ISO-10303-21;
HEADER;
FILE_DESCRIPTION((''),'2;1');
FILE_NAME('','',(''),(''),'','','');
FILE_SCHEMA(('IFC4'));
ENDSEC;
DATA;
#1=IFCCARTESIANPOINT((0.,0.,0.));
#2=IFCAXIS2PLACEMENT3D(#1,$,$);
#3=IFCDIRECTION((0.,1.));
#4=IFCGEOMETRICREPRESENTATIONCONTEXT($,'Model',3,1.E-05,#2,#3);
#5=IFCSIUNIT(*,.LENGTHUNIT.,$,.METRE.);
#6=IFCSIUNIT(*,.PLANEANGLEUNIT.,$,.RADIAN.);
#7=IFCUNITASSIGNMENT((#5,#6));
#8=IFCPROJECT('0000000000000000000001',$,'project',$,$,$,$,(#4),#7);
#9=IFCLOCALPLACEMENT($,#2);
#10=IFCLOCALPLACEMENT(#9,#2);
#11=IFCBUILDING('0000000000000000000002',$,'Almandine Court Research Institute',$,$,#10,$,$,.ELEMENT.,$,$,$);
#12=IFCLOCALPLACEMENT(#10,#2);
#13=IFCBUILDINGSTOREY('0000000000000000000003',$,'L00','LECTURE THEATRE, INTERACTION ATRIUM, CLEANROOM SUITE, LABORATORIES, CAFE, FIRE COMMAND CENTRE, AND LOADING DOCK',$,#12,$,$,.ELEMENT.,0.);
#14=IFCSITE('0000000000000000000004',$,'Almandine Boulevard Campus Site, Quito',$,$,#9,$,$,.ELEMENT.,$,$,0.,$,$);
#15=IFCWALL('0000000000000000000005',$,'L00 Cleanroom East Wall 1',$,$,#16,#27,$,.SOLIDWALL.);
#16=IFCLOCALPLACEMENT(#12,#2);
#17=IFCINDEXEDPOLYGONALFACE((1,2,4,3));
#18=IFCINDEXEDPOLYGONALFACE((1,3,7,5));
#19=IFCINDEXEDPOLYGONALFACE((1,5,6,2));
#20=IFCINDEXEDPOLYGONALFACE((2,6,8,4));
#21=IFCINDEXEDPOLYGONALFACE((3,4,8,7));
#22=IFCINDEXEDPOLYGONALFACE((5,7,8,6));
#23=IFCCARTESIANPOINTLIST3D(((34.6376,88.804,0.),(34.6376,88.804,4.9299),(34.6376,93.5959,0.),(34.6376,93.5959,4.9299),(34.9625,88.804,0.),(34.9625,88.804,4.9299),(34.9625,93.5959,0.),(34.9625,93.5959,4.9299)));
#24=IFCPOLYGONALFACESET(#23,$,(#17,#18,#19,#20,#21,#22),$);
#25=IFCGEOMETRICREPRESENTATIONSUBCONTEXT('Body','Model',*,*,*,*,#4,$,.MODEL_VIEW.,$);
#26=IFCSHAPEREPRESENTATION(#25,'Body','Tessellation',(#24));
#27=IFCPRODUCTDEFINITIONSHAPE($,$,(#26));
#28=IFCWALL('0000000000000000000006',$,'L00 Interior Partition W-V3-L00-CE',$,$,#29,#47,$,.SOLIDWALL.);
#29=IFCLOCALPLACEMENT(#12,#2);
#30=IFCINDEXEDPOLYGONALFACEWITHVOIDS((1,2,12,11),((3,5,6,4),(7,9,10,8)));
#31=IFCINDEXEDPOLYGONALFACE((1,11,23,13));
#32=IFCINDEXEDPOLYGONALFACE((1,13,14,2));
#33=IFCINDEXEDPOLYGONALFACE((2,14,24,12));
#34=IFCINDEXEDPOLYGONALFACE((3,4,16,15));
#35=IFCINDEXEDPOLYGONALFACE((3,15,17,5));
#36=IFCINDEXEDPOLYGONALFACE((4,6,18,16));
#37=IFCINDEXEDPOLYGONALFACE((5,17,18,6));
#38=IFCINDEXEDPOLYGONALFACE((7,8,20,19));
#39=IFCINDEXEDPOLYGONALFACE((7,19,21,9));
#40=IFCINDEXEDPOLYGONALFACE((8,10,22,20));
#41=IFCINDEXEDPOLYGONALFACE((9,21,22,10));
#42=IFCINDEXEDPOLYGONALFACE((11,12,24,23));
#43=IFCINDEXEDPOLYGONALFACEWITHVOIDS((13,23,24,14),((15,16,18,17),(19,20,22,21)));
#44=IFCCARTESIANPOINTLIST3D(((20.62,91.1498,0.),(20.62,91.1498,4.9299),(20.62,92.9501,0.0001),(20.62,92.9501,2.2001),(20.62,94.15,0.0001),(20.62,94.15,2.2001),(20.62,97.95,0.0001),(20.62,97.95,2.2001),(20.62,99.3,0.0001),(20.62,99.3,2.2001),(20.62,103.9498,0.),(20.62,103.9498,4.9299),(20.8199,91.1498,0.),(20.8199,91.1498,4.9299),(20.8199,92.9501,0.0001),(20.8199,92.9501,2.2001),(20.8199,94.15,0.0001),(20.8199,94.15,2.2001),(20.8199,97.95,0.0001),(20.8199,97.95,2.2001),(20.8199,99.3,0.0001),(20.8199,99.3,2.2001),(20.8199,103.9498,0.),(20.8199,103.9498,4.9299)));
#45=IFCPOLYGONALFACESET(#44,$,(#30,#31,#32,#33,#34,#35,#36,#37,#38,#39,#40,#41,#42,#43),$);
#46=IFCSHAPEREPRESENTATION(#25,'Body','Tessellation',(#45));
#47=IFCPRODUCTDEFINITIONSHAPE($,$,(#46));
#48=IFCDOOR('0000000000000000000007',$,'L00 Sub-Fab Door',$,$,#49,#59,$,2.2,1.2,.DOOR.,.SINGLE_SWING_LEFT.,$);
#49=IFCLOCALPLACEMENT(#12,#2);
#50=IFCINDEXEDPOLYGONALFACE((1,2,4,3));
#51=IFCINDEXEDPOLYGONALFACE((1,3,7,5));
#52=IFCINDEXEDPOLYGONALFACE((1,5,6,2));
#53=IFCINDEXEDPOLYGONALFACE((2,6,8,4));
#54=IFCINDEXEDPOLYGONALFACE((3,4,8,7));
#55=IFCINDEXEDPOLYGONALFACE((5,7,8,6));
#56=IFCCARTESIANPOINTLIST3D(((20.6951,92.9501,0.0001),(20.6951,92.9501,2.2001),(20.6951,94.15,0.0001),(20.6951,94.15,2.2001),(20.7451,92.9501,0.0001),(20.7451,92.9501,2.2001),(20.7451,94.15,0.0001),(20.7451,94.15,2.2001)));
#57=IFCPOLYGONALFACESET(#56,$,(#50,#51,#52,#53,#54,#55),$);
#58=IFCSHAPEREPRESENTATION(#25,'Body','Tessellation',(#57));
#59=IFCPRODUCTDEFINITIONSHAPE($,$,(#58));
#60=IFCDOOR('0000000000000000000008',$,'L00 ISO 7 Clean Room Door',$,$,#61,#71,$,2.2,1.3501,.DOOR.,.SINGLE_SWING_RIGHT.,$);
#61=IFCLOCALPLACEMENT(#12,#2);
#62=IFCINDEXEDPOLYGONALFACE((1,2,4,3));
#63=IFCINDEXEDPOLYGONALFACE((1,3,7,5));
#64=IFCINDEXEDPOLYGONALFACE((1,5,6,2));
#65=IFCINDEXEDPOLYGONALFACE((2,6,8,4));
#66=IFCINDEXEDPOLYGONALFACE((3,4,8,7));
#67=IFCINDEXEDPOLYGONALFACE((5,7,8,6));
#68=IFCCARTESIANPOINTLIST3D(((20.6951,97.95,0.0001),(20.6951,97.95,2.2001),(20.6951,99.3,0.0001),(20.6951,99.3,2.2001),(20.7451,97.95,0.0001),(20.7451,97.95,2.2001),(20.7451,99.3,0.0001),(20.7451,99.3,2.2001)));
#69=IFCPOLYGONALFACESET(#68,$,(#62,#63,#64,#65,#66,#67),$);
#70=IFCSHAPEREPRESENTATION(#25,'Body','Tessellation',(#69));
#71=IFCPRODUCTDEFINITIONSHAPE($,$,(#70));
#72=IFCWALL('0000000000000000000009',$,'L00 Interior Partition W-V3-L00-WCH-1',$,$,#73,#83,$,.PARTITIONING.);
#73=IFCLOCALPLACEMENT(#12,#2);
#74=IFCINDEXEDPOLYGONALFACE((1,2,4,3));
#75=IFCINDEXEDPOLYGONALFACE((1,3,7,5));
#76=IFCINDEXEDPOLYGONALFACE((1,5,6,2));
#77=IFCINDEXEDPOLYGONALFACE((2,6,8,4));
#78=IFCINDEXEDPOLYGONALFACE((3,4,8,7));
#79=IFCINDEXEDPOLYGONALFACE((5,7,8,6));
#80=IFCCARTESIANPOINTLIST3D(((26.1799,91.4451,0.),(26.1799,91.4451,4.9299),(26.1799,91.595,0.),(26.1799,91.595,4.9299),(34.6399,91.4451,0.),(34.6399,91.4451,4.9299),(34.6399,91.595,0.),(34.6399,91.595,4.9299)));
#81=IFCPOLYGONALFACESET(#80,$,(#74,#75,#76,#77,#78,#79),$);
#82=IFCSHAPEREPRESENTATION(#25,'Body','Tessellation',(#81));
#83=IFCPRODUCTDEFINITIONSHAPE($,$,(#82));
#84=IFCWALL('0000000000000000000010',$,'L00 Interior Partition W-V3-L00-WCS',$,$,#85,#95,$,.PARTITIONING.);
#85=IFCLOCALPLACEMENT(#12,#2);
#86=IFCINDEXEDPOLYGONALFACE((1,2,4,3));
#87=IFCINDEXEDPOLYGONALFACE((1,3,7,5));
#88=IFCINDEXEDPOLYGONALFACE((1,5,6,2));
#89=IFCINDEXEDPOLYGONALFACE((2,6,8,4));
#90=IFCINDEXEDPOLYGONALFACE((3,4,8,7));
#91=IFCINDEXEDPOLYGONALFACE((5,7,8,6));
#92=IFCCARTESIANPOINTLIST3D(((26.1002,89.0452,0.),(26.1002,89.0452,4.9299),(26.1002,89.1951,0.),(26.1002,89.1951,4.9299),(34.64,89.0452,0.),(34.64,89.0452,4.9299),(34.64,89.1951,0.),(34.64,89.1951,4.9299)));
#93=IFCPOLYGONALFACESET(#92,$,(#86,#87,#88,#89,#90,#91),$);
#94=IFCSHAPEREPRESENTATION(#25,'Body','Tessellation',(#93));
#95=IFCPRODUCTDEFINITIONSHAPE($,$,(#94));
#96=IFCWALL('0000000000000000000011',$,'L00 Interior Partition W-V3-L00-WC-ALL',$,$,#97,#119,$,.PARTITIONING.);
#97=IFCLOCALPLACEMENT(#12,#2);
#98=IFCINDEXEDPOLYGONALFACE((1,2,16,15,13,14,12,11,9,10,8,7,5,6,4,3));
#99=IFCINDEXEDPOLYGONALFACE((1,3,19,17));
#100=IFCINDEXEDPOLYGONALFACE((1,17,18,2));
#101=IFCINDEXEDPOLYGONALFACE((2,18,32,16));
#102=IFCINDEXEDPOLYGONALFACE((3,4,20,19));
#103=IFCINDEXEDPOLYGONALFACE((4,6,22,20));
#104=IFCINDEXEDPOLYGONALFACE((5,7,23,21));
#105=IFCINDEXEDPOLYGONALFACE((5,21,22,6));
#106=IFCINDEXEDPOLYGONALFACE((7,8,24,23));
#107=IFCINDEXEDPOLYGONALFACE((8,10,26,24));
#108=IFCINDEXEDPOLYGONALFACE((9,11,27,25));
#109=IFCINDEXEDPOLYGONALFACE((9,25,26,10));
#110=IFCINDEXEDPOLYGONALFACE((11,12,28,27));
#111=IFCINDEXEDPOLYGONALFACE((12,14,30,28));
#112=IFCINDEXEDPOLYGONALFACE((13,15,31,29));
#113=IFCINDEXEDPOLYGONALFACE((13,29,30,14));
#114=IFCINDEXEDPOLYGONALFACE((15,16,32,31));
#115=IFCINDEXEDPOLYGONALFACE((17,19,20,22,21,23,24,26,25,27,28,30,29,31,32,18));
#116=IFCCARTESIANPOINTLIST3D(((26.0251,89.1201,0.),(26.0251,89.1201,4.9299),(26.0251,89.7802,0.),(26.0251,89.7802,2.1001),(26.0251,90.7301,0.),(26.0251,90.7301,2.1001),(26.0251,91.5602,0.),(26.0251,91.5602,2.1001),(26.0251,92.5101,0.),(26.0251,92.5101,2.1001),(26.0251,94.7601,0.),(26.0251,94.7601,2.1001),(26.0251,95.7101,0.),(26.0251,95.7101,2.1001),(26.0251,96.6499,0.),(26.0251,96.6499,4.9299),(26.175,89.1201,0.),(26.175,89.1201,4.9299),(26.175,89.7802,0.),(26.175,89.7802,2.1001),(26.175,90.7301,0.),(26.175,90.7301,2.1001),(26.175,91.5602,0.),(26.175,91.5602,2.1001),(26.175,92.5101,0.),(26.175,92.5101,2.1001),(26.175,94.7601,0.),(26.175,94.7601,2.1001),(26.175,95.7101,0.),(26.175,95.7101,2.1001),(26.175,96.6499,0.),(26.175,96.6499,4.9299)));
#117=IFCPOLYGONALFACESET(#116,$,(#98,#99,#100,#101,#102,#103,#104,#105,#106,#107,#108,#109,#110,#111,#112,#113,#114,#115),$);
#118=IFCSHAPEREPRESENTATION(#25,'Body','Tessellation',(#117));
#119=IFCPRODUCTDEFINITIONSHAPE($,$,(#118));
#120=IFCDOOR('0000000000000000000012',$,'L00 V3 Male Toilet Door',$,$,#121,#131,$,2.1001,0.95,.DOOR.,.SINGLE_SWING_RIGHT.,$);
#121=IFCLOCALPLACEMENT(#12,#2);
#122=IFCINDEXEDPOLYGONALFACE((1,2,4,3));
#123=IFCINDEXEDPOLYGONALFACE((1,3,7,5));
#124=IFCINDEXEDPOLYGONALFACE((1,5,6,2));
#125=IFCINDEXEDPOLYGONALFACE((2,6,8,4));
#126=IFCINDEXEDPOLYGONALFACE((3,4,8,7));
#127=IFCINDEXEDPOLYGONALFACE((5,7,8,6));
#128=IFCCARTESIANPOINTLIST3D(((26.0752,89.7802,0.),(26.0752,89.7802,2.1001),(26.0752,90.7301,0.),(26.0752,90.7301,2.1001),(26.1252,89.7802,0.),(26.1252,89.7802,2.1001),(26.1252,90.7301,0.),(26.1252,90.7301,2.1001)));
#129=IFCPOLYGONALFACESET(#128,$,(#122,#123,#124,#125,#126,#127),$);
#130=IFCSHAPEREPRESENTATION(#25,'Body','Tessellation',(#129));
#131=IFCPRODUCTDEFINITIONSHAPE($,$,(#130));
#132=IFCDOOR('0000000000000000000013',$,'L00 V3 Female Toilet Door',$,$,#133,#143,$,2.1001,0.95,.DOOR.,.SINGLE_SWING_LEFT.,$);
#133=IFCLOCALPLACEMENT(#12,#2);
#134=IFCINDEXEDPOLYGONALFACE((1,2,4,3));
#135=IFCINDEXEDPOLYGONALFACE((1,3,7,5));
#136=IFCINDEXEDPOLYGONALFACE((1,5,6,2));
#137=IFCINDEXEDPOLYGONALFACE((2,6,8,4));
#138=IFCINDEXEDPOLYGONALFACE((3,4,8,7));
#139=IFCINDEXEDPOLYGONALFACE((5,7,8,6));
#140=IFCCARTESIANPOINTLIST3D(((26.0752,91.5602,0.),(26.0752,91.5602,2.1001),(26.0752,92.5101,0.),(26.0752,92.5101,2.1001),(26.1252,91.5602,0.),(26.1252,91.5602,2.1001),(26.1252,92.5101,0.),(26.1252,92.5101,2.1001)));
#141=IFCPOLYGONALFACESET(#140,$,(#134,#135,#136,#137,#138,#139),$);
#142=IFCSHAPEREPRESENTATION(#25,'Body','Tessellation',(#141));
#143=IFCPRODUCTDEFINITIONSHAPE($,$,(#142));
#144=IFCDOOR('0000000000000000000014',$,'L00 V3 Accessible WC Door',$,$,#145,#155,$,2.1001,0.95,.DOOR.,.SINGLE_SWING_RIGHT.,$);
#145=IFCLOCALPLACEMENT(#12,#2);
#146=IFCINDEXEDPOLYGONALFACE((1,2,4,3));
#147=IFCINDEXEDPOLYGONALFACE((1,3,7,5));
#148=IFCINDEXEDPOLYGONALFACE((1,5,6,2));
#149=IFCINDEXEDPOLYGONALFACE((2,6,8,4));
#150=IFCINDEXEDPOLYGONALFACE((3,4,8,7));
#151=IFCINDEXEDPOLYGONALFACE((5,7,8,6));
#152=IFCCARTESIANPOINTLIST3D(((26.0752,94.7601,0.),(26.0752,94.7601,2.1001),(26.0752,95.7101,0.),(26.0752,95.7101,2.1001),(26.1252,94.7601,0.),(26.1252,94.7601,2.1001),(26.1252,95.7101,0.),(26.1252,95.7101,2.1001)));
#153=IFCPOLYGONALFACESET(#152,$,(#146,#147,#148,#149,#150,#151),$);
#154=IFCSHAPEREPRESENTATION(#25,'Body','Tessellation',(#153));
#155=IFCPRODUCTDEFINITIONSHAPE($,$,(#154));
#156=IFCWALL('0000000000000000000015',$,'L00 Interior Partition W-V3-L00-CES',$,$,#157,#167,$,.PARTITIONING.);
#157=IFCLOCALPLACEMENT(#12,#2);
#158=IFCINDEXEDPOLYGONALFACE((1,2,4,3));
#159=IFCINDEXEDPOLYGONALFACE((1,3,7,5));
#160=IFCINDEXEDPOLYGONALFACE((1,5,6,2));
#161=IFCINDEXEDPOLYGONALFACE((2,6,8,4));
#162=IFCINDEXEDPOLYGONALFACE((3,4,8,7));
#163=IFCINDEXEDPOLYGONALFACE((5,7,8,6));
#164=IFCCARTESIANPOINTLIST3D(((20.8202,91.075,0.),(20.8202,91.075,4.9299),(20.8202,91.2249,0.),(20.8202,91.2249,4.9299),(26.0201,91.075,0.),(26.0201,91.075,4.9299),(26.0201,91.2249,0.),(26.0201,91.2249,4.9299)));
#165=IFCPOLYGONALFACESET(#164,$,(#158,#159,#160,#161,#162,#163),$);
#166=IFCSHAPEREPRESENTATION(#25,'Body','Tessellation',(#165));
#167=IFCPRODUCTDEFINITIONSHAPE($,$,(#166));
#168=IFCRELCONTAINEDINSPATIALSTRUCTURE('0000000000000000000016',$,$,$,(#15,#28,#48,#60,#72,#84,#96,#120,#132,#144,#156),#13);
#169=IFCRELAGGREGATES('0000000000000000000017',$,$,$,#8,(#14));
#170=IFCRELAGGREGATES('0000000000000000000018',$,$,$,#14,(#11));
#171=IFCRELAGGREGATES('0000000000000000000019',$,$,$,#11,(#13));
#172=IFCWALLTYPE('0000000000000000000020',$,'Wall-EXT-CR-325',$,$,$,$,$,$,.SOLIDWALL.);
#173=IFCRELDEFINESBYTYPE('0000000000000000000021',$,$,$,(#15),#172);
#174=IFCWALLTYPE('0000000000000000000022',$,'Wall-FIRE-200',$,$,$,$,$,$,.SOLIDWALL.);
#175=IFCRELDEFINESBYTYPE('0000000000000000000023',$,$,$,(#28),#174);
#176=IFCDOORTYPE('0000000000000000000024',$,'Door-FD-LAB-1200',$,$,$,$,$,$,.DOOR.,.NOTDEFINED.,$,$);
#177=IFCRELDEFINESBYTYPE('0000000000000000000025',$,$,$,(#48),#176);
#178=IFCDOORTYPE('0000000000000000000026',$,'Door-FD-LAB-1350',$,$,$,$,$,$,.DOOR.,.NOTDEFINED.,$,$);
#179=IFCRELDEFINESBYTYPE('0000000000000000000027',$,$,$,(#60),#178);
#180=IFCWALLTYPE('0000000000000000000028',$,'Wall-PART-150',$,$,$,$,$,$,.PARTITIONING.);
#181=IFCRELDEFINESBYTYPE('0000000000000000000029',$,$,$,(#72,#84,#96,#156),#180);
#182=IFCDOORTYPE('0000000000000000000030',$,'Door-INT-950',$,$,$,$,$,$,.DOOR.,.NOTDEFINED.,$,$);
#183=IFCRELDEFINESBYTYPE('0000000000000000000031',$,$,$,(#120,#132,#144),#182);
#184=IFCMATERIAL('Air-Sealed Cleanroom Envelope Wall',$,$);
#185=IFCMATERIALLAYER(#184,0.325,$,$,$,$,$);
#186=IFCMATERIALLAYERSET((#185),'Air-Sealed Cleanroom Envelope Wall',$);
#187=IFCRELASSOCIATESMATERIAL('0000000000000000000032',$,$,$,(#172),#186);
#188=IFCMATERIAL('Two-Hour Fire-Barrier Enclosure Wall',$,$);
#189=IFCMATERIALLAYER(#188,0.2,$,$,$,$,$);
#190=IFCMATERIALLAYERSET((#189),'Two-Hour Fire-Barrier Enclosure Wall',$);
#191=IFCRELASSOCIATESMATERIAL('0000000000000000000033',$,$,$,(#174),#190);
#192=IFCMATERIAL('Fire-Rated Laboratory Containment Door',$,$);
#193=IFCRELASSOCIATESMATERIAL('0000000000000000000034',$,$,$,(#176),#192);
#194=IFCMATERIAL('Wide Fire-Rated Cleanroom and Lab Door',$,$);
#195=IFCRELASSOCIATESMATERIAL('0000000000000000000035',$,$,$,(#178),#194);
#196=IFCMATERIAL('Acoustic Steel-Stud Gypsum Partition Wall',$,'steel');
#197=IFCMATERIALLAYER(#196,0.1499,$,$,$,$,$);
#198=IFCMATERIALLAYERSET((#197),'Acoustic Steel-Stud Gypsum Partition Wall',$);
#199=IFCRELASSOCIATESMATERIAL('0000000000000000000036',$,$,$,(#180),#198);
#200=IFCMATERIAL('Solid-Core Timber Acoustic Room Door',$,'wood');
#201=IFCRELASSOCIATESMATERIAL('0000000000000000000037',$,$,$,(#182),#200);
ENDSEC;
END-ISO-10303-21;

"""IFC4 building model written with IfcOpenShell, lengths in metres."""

from ifc_helpers import new_model, si_unit, direction, frame, frame_2d, origin, place, context, subcontext, project, spatial, rectangle, extrude, material, layer, layer_set, type_object, element, fill, save


model = new_model("IFC4")

# Units and contexts
model_context = context("Model", 3, precision=1e-05, world=origin(), true_north=direction((0.0, 1.0)))
body_context = subcontext(model_context, "Body", "Model", "MODEL_VIEW")
ifc_project = project(units=[si_unit("LENGTHUNIT", "METRE"), si_unit("PLANEANGLEUNIT", "RADIAN")], contexts=[model_context])

# Site, building, storey
site_placement = place(None, origin())
site = spatial("IfcSite", under=ifc_project, at=site_placement, Name="Almandine Boulevard Campus Site, Quito", CompositionType="ELEMENT", RefElevation=0.0)
building_placement = place(site_placement, origin())
building = spatial("IfcBuilding", under=site, at=building_placement, Name="Almandine Court Research Institute", CompositionType="ELEMENT")
storey_placement = place(building_placement, origin())
storey = spatial("IfcBuildingStorey", under=building, at=storey_placement, Name="L00", Description="LECTURE THEATRE, INTERACTION ATRIUM, CLEANROOM SUITE, LABORATORIES, CAFE, FIRE COMMAND CENTRE, AND LOADING DOCK", CompositionType="ELEMENT", Elevation=0.0)

# Wall
ifc_material_1 = material(Name="Air-Sealed Cleanroom Envelope Wall")
ifc_layer_1 = layer(ifc_material_1, 0.325)
ifc_layer_set_1 = layer_set([ifc_layer_1], Name="Air-Sealed Cleanroom Envelope Wall")
wall_type_1 = type_object("IfcWallType", Name="Wall-EXT-CR-325", PredefinedType="SOLIDWALL", material=ifc_layer_set_1)
wall_1_placement = place(storey_placement, frame((34.8, 93.5959, 0.0), z_axis=(0.0, 0.0, 1.0), x_axis=(0.0, -1.0, 0.0)))
element("IfcWall", 1, at=wall_1_placement, inside=storey, type_object=wall_type_1, Name="L00 Cleanroom East Wall 1", PredefinedType="SOLIDWALL", context=body_context, shape_type="SweptSolid", body=[
    extrude(rectangle(XDim=4.792, YDim=0.325, at=frame_2d((2.396, 0.0))), origin(), (0.0, 0.0, 1.0), 4.9299),
])

# Wall, openings, doors
ifc_material_2 = material(Name="Two-Hour Fire-Barrier Enclosure Wall")
ifc_layer_2 = layer(ifc_material_2, 0.2)
ifc_layer_set_2 = layer_set([ifc_layer_2], Name="Two-Hour Fire-Barrier Enclosure Wall")
wall_type_2 = type_object("IfcWallType", Name="Wall-FIRE-200", PredefinedType="SOLIDWALL", material=ifc_layer_set_2)
wall_2_placement = place(storey_placement, frame((20.72, 91.1499, 0.0), z_axis=(0.0, 0.0, 1.0), x_axis=(0.0, 1.0, 0.0)))
wall_2 = element("IfcWall", 2, at=wall_2_placement, inside=storey, type_object=wall_type_2, Name="L00 Interior Partition W-V3-L00-CE", PredefinedType="SOLIDWALL", context=body_context, shape_type="SweptSolid", body=[
    extrude(rectangle(XDim=12.8, YDim=0.2, at=frame_2d((6.3999, 0.0))), origin(), (0.0, 0.0, 1.0), 4.9299),
])
opening_1_placement = place(wall_2_placement, frame((1.8, 0.0, 0.0)))
opening_1 = element("IfcOpeningElement", 3, at=opening_1_placement, cuts=wall_2, PredefinedType="OPENING", context=body_context, shape_type="SweptSolid", body=[
    extrude(rectangle(XDim=1.2, YDim=2.2, at=frame_2d((0.6001, 1.1001))), frame((0.0, 0.1099, 0.0), z_axis=(0.0, -1.0, 0.0), x_axis=(1.0, 0.0, 0.0)), (0.0, 0.0, 1.0), 0.22),
])
opening_2_placement = place(wall_2_placement, frame((6.8, 0.0, 0.0)))
opening_2 = element("IfcOpeningElement", 4, at=opening_2_placement, cuts=wall_2, PredefinedType="OPENING", context=body_context, shape_type="SweptSolid", body=[
    extrude(rectangle(XDim=1.3501, YDim=2.2, at=frame_2d((0.675, 1.1001))), frame((0.0, 0.1099, 0.0), z_axis=(0.0, -1.0, 0.0), x_axis=(1.0, 0.0, 0.0)), (0.0, 0.0, 1.0), 0.22),
])
ifc_material_3 = material(Name="Fire-Rated Laboratory Containment Door")
door_type_1 = type_object("IfcDoorType", Name="Door-FD-LAB-1200", OperationType="NOTDEFINED", PredefinedType="DOOR", material=ifc_material_3)
door_1_placement = place(opening_1_placement, origin())
door_1 = element("IfcDoor", 5, at=door_1_placement, inside=storey, type_object=door_type_1, Name="L00 Sub-Fab Door", OperationType="SINGLE_SWING_LEFT", OverallHeight=2.2, OverallWidth=1.2, PredefinedType="DOOR", context=body_context, shape_type="SweptSolid", body=[
    extrude(rectangle(XDim=1.2, YDim=2.2, at=frame_2d((0.6001, 1.1001))), frame((0.0, 0.0249, 0.0), z_axis=(0.0, -1.0, 0.0), x_axis=(1.0, 0.0, 0.0)), (0.0, 0.0, 1.0), 0.05),
])
fill(opening_1, door_1)
ifc_material_4 = material(Name="Wide Fire-Rated Cleanroom and Lab Door")
door_type_2 = type_object("IfcDoorType", Name="Door-FD-LAB-1350", OperationType="NOTDEFINED", PredefinedType="DOOR", material=ifc_material_4)
door_2_placement = place(opening_2_placement, origin())
door_2 = element("IfcDoor", 6, at=door_2_placement, inside=storey, type_object=door_type_2, Name="L00 ISO 7 Clean Room Door", OperationType="SINGLE_SWING_RIGHT", OverallHeight=2.2, OverallWidth=1.3501, PredefinedType="DOOR", context=body_context, shape_type="SweptSolid", body=[
    extrude(rectangle(XDim=1.3501, YDim=2.2, at=frame_2d((0.675, 1.1001))), frame((0.0, 0.0249, 0.0), z_axis=(0.0, -1.0, 0.0), x_axis=(1.0, 0.0, 0.0)), (0.0, 0.0, 1.0), 0.05),
])
fill(opening_2, door_2)

# Walls
ifc_material_5 = material(Name="Acoustic Steel-Stud Gypsum Partition Wall", Category="steel")
ifc_layer_3 = layer(ifc_material_5, 0.1499)
ifc_layer_set_3 = layer_set([ifc_layer_3], Name="Acoustic Steel-Stud Gypsum Partition Wall")
wall_type_3 = type_object("IfcWallType", Name="Wall-PART-150", PredefinedType="PARTITIONING", material=ifc_layer_set_3)
wall_3_placement = place(storey_placement, frame((26.1799, 91.52, 0.0), z_axis=(0.0, 0.0, 1.0), x_axis=(1.0, 0.0, 0.0)))
element("IfcWall", 7, at=wall_3_placement, inside=storey, type_object=wall_type_3, Name="L00 Interior Partition W-V3-L00-WCH-1", PredefinedType="PARTITIONING", context=body_context, shape_type="SweptSolid", body=[
    extrude(rectangle(XDim=8.46, YDim=0.1499, at=frame_2d((4.23, 0.0))), origin(), (0.0, 0.0, 1.0), 4.9299),
])
wall_4_placement = place(storey_placement, frame((26.1001, 89.1201, 0.0), z_axis=(0.0, 0.0, 1.0), x_axis=(1.0, 0.0, 0.0)))
element("IfcWall", 8, at=wall_4_placement, inside=storey, type_object=wall_type_3, Name="L00 Interior Partition W-V3-L00-WCS", PredefinedType="PARTITIONING", context=body_context, shape_type="SweptSolid", body=[
    extrude(rectangle(XDim=8.5398, YDim=0.1499, at=frame_2d((4.27, 0.0))), origin(), (0.0, 0.0, 1.0), 4.9299),
])

# Wall, openings, doors
wall_5_placement = place(storey_placement, frame((26.1001, 89.1201, 0.0), z_axis=(0.0, 0.0, 1.0), x_axis=(0.0, 1.0, 0.0)))
wall_5 = element("IfcWall", 9, at=wall_5_placement, inside=storey, type_object=wall_type_3, Name="L00 Interior Partition W-V3-L00-WC-ALL", PredefinedType="PARTITIONING", context=body_context, shape_type="SweptSolid", body=[
    extrude(rectangle(XDim=7.5298, YDim=0.1499, at=frame_2d((3.7649, 0.0))), origin(), (0.0, 0.0, 1.0), 4.9299),
])
opening_3_placement = place(wall_5_placement, frame((0.6599, 0.0, 0.0)))
opening_3 = element("IfcOpeningElement", 10, at=opening_3_placement, cuts=wall_5, PredefinedType="OPENING", context=body_context, shape_type="SweptSolid", body=[
    extrude(rectangle(XDim=0.95, YDim=2.1001, at=frame_2d((0.4751, 1.05))), frame((0.0, 0.085, 0.0), z_axis=(0.0, -1.0, 0.0), x_axis=(1.0, 0.0, 0.0)), (0.0, 0.0, 1.0), 0.1699),
])
opening_4_placement = place(wall_5_placement, frame((2.4399, 0.0, 0.0)))
opening_4 = element("IfcOpeningElement", 11, at=opening_4_placement, cuts=wall_5, PredefinedType="OPENING", context=body_context, shape_type="SweptSolid", body=[
    extrude(rectangle(XDim=0.95, YDim=2.1001, at=frame_2d((0.4751, 1.05))), frame((0.0, 0.085, 0.0), z_axis=(0.0, -1.0, 0.0), x_axis=(1.0, 0.0, 0.0)), (0.0, 0.0, 1.0), 0.1699),
])
opening_5_placement = place(wall_5_placement, frame((5.6399, 0.0, 0.0)))
opening_5 = element("IfcOpeningElement", 12, at=opening_5_placement, cuts=wall_5, PredefinedType="OPENING", context=body_context, shape_type="SweptSolid", body=[
    extrude(rectangle(XDim=0.95, YDim=2.1001, at=frame_2d((0.4751, 1.05))), frame((0.0, 0.085, 0.0), z_axis=(0.0, -1.0, 0.0), x_axis=(1.0, 0.0, 0.0)), (0.0, 0.0, 1.0), 0.1699),
])
ifc_material_6 = material(Name="Solid-Core Timber Acoustic Room Door", Category="wood")
door_type_3 = type_object("IfcDoorType", Name="Door-INT-950", OperationType="NOTDEFINED", PredefinedType="DOOR", material=ifc_material_6)
door_3_placement = place(opening_3_placement, origin())
door_3 = element("IfcDoor", 13, at=door_3_placement, inside=storey, type_object=door_type_3, Name="L00 V3 Male Toilet Door", OperationType="SINGLE_SWING_RIGHT", OverallHeight=2.1001, OverallWidth=0.95, PredefinedType="DOOR", context=body_context, shape_type="SweptSolid", body=[
    extrude(rectangle(XDim=0.95, YDim=2.1001, at=frame_2d((0.4751, 1.05))), frame((0.0, 0.0249, 0.0), z_axis=(0.0, -1.0, 0.0), x_axis=(1.0, 0.0, 0.0)), (0.0, 0.0, 1.0), 0.05),
])
fill(opening_3, door_3)
door_4_placement = place(opening_4_placement, origin())
door_4 = element("IfcDoor", 14, at=door_4_placement, inside=storey, type_object=door_type_3, Name="L00 V3 Female Toilet Door", OperationType="SINGLE_SWING_LEFT", OverallHeight=2.1001, OverallWidth=0.95, PredefinedType="DOOR", context=body_context, shape_type="SweptSolid", body=[
    extrude(rectangle(XDim=0.95, YDim=2.1001, at=frame_2d((0.4751, 1.05))), frame((0.0, 0.0249, 0.0), z_axis=(0.0, -1.0, 0.0), x_axis=(1.0, 0.0, 0.0)), (0.0, 0.0, 1.0), 0.05),
])
fill(opening_4, door_4)
door_5_placement = place(opening_5_placement, origin())
door_5 = element("IfcDoor", 15, at=door_5_placement, inside=storey, type_object=door_type_3, Name="L00 V3 Accessible WC Door", OperationType="SINGLE_SWING_RIGHT", OverallHeight=2.1001, OverallWidth=0.95, PredefinedType="DOOR", context=body_context, shape_type="SweptSolid", body=[
    extrude(rectangle(XDim=0.95, YDim=2.1001, at=frame_2d((0.4751, 1.05))), frame((0.0, 0.0249, 0.0), z_axis=(0.0, -1.0, 0.0), x_axis=(1.0, 0.0, 0.0)), (0.0, 0.0, 1.0), 0.05),
])
fill(opening_5, door_5)

# Wall
wall_6_placement = place(storey_placement, frame((20.8201, 91.1499, 0.0), z_axis=(0.0, 0.0, 1.0), x_axis=(1.0, 0.0, 0.0)))
element("IfcWall", 16, at=wall_6_placement, inside=storey, type_object=wall_type_3, Name="L00 Interior Partition W-V3-L00-CES", PredefinedType="PARTITIONING", context=body_context, shape_type="SweptSolid", body=[
    extrude(rectangle(XDim=5.2, YDim=0.1499, at=frame_2d((2.6001, 0.0))), origin(), (0.0, 0.0, 1.0), 4.9299),
])

save(model, "model.ifc")
